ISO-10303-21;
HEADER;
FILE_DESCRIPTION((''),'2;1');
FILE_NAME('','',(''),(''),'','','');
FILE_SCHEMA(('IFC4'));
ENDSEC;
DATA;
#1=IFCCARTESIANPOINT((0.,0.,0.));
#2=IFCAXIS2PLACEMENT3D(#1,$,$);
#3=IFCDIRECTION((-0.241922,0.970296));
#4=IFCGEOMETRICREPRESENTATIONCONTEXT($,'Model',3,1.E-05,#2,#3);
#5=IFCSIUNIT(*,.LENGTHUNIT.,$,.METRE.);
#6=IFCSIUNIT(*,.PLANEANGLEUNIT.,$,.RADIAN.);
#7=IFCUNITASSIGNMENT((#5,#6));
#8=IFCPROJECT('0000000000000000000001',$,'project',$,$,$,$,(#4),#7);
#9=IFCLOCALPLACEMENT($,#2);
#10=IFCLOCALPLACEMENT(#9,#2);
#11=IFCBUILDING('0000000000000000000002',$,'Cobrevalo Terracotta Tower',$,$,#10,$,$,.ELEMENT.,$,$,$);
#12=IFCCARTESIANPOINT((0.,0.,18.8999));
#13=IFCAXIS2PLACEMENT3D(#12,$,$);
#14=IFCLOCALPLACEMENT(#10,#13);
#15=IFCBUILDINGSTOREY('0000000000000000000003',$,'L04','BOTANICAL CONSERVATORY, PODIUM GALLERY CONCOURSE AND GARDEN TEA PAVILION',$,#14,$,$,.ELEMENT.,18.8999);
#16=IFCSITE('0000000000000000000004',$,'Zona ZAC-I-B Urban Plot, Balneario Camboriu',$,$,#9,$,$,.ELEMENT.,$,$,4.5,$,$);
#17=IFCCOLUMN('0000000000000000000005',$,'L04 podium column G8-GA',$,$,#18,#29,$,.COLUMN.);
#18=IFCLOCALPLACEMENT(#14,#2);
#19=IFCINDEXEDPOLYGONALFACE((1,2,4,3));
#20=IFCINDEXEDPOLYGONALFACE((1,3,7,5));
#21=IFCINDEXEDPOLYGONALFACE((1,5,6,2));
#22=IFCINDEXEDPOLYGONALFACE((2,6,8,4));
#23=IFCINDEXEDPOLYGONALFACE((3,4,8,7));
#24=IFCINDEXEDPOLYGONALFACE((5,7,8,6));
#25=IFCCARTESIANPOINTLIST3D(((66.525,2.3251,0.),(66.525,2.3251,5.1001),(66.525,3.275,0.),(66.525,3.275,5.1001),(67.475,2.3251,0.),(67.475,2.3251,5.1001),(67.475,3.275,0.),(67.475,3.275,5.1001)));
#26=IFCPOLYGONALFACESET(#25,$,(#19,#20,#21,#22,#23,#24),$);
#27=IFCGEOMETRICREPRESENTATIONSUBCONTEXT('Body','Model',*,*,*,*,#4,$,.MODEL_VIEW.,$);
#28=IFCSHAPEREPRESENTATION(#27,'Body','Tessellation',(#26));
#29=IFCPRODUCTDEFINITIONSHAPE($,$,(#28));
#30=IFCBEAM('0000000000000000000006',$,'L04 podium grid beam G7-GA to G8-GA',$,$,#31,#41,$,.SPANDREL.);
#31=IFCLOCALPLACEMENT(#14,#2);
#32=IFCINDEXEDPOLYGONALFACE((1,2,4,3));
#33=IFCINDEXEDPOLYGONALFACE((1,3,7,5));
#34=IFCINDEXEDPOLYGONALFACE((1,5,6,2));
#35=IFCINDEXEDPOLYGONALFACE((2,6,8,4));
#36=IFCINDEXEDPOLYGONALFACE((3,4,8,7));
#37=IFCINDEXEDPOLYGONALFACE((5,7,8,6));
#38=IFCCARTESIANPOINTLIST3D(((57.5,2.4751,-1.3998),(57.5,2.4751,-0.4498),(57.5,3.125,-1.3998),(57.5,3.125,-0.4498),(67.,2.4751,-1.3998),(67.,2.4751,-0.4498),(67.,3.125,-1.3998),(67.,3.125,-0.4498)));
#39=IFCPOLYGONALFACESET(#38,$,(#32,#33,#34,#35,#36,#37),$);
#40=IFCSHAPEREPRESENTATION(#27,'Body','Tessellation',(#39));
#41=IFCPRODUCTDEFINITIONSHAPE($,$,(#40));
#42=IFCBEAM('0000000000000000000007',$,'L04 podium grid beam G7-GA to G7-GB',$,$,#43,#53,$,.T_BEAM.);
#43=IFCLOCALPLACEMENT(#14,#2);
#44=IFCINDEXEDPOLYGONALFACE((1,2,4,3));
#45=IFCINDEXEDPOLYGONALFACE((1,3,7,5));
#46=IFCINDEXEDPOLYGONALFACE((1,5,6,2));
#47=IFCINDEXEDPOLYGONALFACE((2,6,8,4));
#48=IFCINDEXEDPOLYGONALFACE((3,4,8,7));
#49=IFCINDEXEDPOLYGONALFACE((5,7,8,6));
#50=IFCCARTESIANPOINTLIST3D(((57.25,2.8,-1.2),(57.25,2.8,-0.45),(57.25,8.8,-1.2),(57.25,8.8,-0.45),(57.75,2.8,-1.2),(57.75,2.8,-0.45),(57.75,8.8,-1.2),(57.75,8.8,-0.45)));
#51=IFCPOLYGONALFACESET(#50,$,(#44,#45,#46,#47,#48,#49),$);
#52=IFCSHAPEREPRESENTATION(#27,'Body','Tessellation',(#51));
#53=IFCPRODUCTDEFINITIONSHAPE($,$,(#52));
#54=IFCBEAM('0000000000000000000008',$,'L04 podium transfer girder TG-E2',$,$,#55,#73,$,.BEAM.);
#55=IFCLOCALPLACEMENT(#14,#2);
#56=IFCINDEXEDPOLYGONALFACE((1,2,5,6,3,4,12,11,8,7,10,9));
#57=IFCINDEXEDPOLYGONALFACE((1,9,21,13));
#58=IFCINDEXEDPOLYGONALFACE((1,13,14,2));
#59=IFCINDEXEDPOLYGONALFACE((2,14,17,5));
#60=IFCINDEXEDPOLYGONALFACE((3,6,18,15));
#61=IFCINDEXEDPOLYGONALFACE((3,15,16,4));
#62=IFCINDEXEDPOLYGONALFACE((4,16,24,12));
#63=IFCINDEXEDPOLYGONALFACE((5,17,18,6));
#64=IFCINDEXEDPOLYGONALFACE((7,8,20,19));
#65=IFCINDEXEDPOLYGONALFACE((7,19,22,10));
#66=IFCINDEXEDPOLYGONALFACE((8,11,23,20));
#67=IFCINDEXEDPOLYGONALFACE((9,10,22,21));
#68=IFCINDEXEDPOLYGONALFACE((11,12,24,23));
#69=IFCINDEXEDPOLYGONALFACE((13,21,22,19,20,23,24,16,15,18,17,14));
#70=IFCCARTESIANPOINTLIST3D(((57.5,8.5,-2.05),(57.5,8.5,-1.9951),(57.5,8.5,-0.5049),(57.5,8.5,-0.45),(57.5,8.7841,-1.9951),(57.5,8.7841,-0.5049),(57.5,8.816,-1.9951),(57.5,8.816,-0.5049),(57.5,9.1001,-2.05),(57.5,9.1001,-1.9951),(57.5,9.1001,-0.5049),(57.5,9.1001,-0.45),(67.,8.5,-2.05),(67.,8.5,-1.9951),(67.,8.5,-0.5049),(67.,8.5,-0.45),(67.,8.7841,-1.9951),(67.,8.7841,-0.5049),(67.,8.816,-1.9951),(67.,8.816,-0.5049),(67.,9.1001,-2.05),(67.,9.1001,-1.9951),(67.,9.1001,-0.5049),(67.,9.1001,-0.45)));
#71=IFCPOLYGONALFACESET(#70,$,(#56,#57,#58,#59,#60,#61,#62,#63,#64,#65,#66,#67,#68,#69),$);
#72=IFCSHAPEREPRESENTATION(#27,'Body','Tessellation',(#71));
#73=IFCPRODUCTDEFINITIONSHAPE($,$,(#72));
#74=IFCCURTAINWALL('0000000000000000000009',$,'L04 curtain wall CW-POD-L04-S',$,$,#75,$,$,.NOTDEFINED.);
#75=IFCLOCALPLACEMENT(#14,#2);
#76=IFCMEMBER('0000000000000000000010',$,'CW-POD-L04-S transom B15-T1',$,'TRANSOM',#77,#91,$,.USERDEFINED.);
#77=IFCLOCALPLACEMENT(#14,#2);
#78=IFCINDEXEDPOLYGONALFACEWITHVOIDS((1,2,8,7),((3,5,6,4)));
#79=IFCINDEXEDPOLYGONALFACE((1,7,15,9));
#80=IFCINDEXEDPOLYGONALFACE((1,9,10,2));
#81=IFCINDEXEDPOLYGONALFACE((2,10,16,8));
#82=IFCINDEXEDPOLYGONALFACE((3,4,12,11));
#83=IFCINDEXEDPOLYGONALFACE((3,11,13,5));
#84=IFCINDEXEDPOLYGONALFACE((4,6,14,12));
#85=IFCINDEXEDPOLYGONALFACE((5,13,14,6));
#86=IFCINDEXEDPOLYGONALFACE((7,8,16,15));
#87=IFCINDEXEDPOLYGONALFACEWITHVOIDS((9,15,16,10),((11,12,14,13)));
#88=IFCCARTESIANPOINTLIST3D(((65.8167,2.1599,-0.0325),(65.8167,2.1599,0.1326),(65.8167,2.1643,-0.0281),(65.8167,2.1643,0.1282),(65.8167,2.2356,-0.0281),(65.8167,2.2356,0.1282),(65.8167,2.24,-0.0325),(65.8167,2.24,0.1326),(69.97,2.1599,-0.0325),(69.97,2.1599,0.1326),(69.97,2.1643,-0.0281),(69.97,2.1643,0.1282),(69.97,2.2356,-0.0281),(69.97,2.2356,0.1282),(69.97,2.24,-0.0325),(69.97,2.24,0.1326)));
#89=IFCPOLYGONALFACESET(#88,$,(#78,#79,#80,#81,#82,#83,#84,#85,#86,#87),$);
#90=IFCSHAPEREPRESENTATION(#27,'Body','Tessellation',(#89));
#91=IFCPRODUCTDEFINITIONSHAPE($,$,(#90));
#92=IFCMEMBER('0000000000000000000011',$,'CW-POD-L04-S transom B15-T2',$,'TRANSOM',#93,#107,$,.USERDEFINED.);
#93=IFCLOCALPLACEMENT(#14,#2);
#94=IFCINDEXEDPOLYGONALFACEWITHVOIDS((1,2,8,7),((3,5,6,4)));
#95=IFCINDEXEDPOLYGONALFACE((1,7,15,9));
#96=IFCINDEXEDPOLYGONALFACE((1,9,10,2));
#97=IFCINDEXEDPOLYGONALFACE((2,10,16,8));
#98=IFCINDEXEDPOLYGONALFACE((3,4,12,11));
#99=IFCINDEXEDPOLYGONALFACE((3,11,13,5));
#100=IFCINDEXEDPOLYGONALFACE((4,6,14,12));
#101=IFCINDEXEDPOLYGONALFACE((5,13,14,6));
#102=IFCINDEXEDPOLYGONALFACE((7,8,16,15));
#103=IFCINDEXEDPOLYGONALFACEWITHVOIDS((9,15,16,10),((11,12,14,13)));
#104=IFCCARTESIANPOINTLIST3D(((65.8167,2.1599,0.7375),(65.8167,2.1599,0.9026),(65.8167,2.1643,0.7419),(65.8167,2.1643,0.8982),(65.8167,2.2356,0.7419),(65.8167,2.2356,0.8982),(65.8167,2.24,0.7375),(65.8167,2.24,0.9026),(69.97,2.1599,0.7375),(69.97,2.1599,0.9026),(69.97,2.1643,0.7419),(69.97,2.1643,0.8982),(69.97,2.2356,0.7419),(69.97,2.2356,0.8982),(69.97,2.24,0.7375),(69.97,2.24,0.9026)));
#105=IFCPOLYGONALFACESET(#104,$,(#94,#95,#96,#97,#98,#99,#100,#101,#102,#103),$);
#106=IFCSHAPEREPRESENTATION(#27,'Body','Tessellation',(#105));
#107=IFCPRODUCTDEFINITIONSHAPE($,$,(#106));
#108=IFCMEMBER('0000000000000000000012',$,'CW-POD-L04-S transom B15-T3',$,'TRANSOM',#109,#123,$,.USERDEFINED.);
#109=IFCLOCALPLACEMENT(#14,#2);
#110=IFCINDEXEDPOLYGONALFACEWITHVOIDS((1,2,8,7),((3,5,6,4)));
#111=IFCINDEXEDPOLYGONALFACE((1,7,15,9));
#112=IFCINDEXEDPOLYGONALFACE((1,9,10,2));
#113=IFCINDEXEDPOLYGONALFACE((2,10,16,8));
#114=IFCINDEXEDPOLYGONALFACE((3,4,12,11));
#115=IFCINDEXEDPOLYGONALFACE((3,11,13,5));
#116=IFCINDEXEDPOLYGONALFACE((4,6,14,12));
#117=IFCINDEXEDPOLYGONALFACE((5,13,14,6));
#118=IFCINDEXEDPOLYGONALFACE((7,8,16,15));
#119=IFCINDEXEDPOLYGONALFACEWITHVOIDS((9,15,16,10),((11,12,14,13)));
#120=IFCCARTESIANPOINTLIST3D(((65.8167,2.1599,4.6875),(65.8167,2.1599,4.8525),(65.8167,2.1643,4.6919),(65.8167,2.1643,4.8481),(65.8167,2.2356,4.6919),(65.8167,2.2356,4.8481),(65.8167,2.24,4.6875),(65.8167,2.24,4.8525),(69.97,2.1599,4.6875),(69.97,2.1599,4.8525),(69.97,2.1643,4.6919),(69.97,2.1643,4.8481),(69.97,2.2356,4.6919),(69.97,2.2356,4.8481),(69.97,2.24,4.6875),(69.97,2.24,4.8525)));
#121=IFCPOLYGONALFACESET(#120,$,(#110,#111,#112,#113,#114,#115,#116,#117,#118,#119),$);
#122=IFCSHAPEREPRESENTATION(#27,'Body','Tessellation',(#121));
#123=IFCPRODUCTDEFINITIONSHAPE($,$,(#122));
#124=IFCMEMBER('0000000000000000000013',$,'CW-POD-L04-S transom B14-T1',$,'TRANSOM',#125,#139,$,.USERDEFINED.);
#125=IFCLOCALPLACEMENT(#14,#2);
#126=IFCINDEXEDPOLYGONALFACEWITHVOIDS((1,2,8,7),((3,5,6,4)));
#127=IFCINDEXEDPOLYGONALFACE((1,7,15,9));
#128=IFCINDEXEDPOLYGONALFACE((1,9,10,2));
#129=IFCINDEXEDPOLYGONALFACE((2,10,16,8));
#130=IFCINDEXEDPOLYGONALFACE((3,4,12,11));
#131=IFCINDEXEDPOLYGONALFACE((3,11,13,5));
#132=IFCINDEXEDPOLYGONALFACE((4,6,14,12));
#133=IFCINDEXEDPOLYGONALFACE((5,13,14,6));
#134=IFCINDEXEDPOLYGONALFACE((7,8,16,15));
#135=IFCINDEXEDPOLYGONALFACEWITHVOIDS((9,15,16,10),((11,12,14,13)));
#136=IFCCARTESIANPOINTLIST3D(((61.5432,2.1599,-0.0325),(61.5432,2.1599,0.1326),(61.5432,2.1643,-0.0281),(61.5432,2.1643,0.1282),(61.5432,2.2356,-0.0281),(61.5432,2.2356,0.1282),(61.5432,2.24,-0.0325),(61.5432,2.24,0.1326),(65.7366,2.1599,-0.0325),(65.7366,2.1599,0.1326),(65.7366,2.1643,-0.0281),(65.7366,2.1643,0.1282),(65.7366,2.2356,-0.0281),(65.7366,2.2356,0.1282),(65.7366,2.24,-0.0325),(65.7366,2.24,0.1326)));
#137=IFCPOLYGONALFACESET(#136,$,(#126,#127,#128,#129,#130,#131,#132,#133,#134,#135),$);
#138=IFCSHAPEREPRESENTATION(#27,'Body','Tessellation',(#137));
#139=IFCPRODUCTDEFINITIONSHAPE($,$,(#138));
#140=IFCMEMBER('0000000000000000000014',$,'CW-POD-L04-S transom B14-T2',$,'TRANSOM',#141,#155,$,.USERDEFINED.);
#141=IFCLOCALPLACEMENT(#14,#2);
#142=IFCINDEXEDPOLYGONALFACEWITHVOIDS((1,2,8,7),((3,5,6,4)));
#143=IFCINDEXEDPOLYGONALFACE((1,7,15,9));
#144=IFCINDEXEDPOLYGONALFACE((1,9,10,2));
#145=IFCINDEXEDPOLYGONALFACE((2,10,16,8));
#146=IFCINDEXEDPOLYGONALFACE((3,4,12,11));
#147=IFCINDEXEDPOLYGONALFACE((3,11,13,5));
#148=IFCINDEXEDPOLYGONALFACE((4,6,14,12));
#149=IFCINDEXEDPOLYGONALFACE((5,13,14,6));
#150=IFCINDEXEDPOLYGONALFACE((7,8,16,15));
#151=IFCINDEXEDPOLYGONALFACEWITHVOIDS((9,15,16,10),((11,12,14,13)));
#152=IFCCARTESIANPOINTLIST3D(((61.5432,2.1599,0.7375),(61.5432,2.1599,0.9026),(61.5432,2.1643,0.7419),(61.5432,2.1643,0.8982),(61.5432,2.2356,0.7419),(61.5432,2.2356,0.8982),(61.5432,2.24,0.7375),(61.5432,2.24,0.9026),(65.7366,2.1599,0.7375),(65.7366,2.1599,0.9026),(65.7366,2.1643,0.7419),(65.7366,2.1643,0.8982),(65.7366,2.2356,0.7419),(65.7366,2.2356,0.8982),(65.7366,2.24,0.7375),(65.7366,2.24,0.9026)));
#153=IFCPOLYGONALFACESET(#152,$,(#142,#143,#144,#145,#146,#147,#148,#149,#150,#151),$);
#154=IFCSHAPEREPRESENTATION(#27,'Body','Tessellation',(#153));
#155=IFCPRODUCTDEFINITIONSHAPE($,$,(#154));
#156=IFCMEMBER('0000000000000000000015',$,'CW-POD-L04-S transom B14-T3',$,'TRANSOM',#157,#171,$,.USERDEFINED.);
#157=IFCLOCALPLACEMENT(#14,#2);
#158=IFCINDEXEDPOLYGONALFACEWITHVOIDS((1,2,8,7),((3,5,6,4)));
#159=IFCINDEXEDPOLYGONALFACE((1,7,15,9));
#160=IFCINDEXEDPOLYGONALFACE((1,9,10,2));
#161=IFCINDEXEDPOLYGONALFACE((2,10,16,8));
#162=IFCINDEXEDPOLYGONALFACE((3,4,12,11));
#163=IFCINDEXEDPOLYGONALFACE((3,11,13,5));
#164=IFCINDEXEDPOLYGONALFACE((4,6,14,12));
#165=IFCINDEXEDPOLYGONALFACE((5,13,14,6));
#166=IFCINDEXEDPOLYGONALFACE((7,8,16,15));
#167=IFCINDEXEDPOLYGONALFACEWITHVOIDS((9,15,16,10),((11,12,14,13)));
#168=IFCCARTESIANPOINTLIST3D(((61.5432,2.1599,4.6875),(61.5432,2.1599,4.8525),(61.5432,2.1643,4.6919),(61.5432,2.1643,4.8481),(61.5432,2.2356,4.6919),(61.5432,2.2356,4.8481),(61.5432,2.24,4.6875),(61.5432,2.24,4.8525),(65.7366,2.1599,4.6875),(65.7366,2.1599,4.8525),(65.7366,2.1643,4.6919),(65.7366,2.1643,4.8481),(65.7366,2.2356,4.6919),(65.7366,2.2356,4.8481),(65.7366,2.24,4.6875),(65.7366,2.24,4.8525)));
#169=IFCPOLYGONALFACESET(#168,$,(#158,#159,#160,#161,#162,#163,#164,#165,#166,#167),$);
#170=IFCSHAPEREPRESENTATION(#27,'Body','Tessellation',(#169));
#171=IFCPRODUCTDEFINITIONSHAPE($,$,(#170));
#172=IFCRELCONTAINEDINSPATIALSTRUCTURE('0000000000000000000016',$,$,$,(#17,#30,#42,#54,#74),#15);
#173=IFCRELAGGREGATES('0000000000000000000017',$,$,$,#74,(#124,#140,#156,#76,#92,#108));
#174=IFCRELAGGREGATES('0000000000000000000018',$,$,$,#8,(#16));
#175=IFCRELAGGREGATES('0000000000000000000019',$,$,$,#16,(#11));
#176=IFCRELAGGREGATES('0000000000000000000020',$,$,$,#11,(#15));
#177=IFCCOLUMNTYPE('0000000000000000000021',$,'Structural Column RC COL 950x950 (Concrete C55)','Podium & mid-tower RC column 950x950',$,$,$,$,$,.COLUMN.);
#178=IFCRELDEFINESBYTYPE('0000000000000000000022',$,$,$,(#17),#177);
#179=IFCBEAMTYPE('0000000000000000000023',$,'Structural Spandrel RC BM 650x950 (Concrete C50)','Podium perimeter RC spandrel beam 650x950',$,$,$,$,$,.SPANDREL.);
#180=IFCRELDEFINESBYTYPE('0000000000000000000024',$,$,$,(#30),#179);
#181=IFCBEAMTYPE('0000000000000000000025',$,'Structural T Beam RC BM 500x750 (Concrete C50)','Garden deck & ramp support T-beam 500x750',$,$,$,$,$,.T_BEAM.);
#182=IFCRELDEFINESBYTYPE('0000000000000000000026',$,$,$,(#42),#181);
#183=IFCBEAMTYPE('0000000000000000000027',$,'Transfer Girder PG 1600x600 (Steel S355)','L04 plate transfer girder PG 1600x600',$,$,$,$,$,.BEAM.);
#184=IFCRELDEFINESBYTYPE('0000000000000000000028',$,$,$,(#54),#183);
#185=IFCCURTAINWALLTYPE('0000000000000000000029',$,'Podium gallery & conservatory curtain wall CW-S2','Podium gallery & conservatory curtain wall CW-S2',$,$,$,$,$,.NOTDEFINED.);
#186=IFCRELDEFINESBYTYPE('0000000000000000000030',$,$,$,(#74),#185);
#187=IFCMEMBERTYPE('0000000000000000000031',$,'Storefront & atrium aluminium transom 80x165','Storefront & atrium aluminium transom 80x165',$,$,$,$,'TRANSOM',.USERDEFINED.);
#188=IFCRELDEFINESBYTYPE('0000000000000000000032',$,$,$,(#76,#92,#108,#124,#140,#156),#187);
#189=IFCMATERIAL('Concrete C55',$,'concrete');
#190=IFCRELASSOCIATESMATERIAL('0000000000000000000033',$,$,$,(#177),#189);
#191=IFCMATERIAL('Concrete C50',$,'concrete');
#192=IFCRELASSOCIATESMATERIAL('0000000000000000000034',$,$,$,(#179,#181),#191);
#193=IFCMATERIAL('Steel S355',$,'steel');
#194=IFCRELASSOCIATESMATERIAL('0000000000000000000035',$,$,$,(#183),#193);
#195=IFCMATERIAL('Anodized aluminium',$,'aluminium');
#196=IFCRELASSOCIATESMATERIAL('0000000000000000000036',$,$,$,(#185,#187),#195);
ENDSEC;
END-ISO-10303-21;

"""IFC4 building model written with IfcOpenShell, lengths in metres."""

from ifc_helpers import new_model, si_unit, direction, frame, origin, origin_2d, place, context, subcontext, project, spatial, rectangle, hollow_rectangle, i_section, extrude, source, transform, mapped, material, material_profile, profile_set, type_object, element, aggregate, save


model = new_model("IFC4")

# Units and contexts
model_context = context("Model", 3, precision=1e-05, world=origin(), true_north=direction((-0.241922, 0.970296)))
body_context = subcontext(model_context, "Body", "Model", "MODEL_VIEW")
ifc_project = project(units=[si_unit("LENGTHUNIT", "METRE"), si_unit("PLANEANGLEUNIT", "RADIAN")], contexts=[model_context])

# Site, building, storey
site_placement = place(None, origin())
site = spatial("IfcSite", under=ifc_project, at=site_placement, Name="Zona ZAC-I-B Urban Plot, Balneario Camboriu", CompositionType="ELEMENT", RefElevation=4.5)
building_placement = place(site_placement, origin())
building = spatial("IfcBuilding", under=site, at=building_placement, Name="Cobrevalo Terracotta Tower", CompositionType="ELEMENT")
storey_placement = place(building_placement, frame((0.0, 0.0, 18.8999)))
storey = spatial("IfcBuildingStorey", under=building, at=storey_placement, Name="L04", Description="BOTANICAL CONSERVATORY, PODIUM GALLERY CONCOURSE AND GARDEN TEA PAVILION", CompositionType="ELEMENT", Elevation=18.8999)

# Column
ifc_material_1 = material(Name="Concrete C55", Category="concrete")
ifc_material_profile_1 = material_profile(ifc_material_1, rectangle(XDim=0.95, YDim=0.95, at=origin_2d()), Name="RC COL 950x950")
ifc_profile_set_1 = profile_set([ifc_material_profile_1], Name="Concrete C55")
column_type = type_object("IfcColumnType", Name="Structural Column RC COL 950x950 (Concrete C55)", Description="Podium & mid-tower RC column 950x950", PredefinedType="COLUMN", material=ifc_profile_set_1)
column_placement = place(storey_placement, frame((67.0, 2.8, 0.0), z_axis=(0.0, 0.0, 1.0), x_axis=(1.0, 0.0, 0.0)))
element("IfcColumn", 1, at=column_placement, inside=storey, type_object=column_type, Name="L04 podium column G8-GA", PredefinedType="COLUMN", context=body_context, shape_type="SweptSolid", body=[
    extrude(rectangle(XDim=0.95, YDim=0.95, at=origin_2d()), origin(), (0.0, 0.0, 1.0), 5.1001),
])

# Beams
ifc_material_2 = material(Name="Concrete C50", Category="concrete")
ifc_material_profile_2 = material_profile(ifc_material_2, rectangle(XDim=0.6499, YDim=0.95, at=origin_2d()), Name="RC BM 650x950")
ifc_profile_set_2 = profile_set([ifc_material_profile_2], Name="Concrete C50")
beam_type_1 = type_object("IfcBeamType", Name="Structural Spandrel RC BM 650x950 (Concrete C50)", Description="Podium perimeter RC spandrel beam 650x950", PredefinedType="SPANDREL", material=ifc_profile_set_2)
beam_1_placement = place(storey_placement, frame((57.5, 2.8, -0.9248), z_axis=(1.0, 0.0, 0.0), x_axis=(0.0, 1.0, 0.0)))
element("IfcBeam", 2, at=beam_1_placement, inside=storey, type_object=beam_type_1, Name="L04 podium grid beam G7-GA to G8-GA", PredefinedType="SPANDREL", context=body_context, shape_type="SweptSolid", body=[
    extrude(rectangle(XDim=0.6499, YDim=0.95, at=origin_2d()), origin(), (0.0, 0.0, 1.0), 9.5),
])
ifc_material_profile_3 = material_profile(ifc_material_2, rectangle(XDim=0.5, YDim=0.75, at=origin_2d()), Name="RC BM 500x750")
ifc_profile_set_3 = profile_set([ifc_material_profile_3], Name="Concrete C50")
beam_type_2 = type_object("IfcBeamType", Name="Structural T Beam RC BM 500x750 (Concrete C50)", Description="Garden deck & ramp support T-beam 500x750", PredefinedType="T_BEAM", material=ifc_profile_set_3)
beam_2_placement = place(storey_placement, frame((57.5, 2.8, -0.825), z_axis=(0.0, 1.0, 0.0), x_axis=(-1.0, 0.0, 0.0)))
element("IfcBeam", 3, at=beam_2_placement, inside=storey, type_object=beam_type_2, Name="L04 podium grid beam G7-GA to G7-GB", PredefinedType="T_BEAM", context=body_context, shape_type="SweptSolid", body=[
    extrude(rectangle(XDim=0.5, YDim=0.75, at=origin_2d()), origin(), (0.0, 0.0, 1.0), 6.0),
])
ifc_material_3 = material(Name="Steel S355", Category="steel")
ifc_material_profile_4 = material_profile(ifc_material_3, i_section(OverallWidth=0.6001, OverallDepth=1.6001, WebThickness=0.032, FlangeThickness=0.0549, at=origin_2d()), Name="PG 1600x600")
ifc_profile_set_4 = profile_set([ifc_material_profile_4], Name="Steel S355")
beam_type_3 = type_object("IfcBeamType", Name="Transfer Girder PG 1600x600 (Steel S355)", Description="L04 plate transfer girder PG 1600x600", PredefinedType="BEAM", material=ifc_profile_set_4)
beam_3_placement = place(storey_placement, frame((57.5, 8.8, -1.25), z_axis=(1.0, 0.0, 0.0), x_axis=(0.0, 1.0, 0.0)))
element("IfcBeam", 4, at=beam_3_placement, inside=storey, type_object=beam_type_3, Name="L04 podium transfer girder TG-E2", PredefinedType="BEAM", context=body_context, shape_type="SweptSolid", body=[
    extrude(i_section(OverallWidth=0.6001, OverallDepth=1.6001, WebThickness=0.032, FlangeThickness=0.0549, at=origin_2d()), origin(), (0.0, 0.0, 1.0), 9.5),
])

# Curtain wall, members
ifc_material_4 = material(Name="Anodized aluminium", Category="aluminium")
curtain_wall_type = type_object("IfcCurtainWallType", Name="Podium gallery & conservatory curtain wall CW-S2", Description="Podium gallery & conservatory curtain wall CW-S2", PredefinedType="NOTDEFINED", material=ifc_material_4)
curtain_wall_placement = place(storey_placement, origin())
curtain_wall = element("IfcCurtainWall", 5, at=curtain_wall_placement, inside=storey, type_object=curtain_wall_type, Name="L04 curtain wall CW-POD-L04-S", PredefinedType="NOTDEFINED")
ifc_material_profile_5 = material_profile(ifc_material_4, hollow_rectangle(XDim=0.0801, YDim=0.165, WallThickness=0.0044, at=origin_2d()), Name="CWT 80x165")
ifc_profile_set_5 = profile_set([ifc_material_profile_5], Name="Anodized aluminium")
member_type_1 = type_object("IfcMemberType", Name="Storefront & atrium aluminium transom 80x165", Description="Storefront & atrium aluminium transom 80x165", ElementType="TRANSOM", PredefinedType="USERDEFINED", material=ifc_profile_set_5)
shared_shape_1 = source(origin(), body_context, "Body", "SweptSolid", [
    extrude(hollow_rectangle(XDim=0.0801, YDim=0.165, WallThickness=0.0044, at=origin_2d()), origin(), (0.0, 0.0, 1.0), 4.1533),
])
member_1_placement = place(storey_placement, frame((65.8167, 2.2, 0.05), z_axis=(1.0, 0.0, 0.0), x_axis=(0.0, 1.0, 0.0)))
member_1 = element("IfcMember", 6, at=member_1_placement, type_object=member_type_1, Name="CW-POD-L04-S transom B15-T1", ObjectType="TRANSOM", PredefinedType="USERDEFINED", context=body_context, shape_type="MappedRepresentation", body=[
    mapped(shared_shape_1, transform((0.0, 0.0, 0.0), scale=1.0)),
])
member_2_placement = place(storey_placement, frame((65.8167, 2.2, 0.8201), z_axis=(1.0, 0.0, 0.0), x_axis=(0.0, 1.0, 0.0)))
member_2 = element("IfcMember", 7, at=member_2_placement, type_object=member_type_1, Name="CW-POD-L04-S transom B15-T2", ObjectType="TRANSOM", PredefinedType="USERDEFINED", context=body_context, shape_type="MappedRepresentation", body=[
    mapped(shared_shape_1, transform((0.0, 0.0, 0.0), scale=1.0)),
])
member_3_placement = place(storey_placement, frame((65.8167, 2.2, 4.77), z_axis=(1.0, 0.0, 0.0), x_axis=(0.0, 1.0, 0.0)))
member_3 = element("IfcMember", 8, at=member_3_placement, type_object=member_type_1, Name="CW-POD-L04-S transom B15-T3", ObjectType="TRANSOM", PredefinedType="USERDEFINED", context=body_context, shape_type="MappedRepresentation", body=[
    mapped(shared_shape_1, transform((0.0, 0.0, 0.0), scale=1.0)),
])
shared_shape_2 = source(origin(), body_context, "Body", "SweptSolid", [
    extrude(hollow_rectangle(XDim=0.0801, YDim=0.165, WallThickness=0.0044, at=origin_2d()), origin(), (0.0, 0.0, 1.0), 4.1934),
])
member_4_placement = place(storey_placement, frame((61.5432, 2.2, 0.05), z_axis=(1.0, 0.0, 0.0), x_axis=(0.0, 1.0, 0.0)))
member_4 = element("IfcMember", 9, at=member_4_placement, type_object=member_type_1, Name="CW-POD-L04-S transom B14-T1", ObjectType="TRANSOM", PredefinedType="USERDEFINED", context=body_context, shape_type="MappedRepresentation", body=[
    mapped(shared_shape_2, transform((0.0, 0.0, 0.0), scale=1.0)),
])
member_5_placement = place(storey_placement, frame((61.5432, 2.2, 0.8201), z_axis=(1.0, 0.0, 0.0), x_axis=(0.0, 1.0, 0.0)))
member_5 = element("IfcMember", 10, at=member_5_placement, type_object=member_type_1, Name="CW-POD-L04-S transom B14-T2", ObjectType="TRANSOM", PredefinedType="USERDEFINED", context=body_context, shape_type="MappedRepresentation", body=[
    mapped(shared_shape_2, transform((0.0, 0.0, 0.0), scale=1.0)),
])
member_6_placement = place(storey_placement, frame((61.5432, 2.2, 4.77), z_axis=(1.0, 0.0, 0.0), x_axis=(0.0, 1.0, 0.0)))
member_6 = element("IfcMember", 11, at=member_6_placement, type_object=member_type_1, Name="CW-POD-L04-S transom B14-T3", ObjectType="TRANSOM", PredefinedType="USERDEFINED", context=body_context, shape_type="MappedRepresentation", body=[
    mapped(shared_shape_2, transform((0.0, 0.0, 0.0), scale=1.0)),
])
aggregate(curtain_wall, [member_4, member_5, member_6, member_1, member_2, member_3])

save(model, "model.ifc")
